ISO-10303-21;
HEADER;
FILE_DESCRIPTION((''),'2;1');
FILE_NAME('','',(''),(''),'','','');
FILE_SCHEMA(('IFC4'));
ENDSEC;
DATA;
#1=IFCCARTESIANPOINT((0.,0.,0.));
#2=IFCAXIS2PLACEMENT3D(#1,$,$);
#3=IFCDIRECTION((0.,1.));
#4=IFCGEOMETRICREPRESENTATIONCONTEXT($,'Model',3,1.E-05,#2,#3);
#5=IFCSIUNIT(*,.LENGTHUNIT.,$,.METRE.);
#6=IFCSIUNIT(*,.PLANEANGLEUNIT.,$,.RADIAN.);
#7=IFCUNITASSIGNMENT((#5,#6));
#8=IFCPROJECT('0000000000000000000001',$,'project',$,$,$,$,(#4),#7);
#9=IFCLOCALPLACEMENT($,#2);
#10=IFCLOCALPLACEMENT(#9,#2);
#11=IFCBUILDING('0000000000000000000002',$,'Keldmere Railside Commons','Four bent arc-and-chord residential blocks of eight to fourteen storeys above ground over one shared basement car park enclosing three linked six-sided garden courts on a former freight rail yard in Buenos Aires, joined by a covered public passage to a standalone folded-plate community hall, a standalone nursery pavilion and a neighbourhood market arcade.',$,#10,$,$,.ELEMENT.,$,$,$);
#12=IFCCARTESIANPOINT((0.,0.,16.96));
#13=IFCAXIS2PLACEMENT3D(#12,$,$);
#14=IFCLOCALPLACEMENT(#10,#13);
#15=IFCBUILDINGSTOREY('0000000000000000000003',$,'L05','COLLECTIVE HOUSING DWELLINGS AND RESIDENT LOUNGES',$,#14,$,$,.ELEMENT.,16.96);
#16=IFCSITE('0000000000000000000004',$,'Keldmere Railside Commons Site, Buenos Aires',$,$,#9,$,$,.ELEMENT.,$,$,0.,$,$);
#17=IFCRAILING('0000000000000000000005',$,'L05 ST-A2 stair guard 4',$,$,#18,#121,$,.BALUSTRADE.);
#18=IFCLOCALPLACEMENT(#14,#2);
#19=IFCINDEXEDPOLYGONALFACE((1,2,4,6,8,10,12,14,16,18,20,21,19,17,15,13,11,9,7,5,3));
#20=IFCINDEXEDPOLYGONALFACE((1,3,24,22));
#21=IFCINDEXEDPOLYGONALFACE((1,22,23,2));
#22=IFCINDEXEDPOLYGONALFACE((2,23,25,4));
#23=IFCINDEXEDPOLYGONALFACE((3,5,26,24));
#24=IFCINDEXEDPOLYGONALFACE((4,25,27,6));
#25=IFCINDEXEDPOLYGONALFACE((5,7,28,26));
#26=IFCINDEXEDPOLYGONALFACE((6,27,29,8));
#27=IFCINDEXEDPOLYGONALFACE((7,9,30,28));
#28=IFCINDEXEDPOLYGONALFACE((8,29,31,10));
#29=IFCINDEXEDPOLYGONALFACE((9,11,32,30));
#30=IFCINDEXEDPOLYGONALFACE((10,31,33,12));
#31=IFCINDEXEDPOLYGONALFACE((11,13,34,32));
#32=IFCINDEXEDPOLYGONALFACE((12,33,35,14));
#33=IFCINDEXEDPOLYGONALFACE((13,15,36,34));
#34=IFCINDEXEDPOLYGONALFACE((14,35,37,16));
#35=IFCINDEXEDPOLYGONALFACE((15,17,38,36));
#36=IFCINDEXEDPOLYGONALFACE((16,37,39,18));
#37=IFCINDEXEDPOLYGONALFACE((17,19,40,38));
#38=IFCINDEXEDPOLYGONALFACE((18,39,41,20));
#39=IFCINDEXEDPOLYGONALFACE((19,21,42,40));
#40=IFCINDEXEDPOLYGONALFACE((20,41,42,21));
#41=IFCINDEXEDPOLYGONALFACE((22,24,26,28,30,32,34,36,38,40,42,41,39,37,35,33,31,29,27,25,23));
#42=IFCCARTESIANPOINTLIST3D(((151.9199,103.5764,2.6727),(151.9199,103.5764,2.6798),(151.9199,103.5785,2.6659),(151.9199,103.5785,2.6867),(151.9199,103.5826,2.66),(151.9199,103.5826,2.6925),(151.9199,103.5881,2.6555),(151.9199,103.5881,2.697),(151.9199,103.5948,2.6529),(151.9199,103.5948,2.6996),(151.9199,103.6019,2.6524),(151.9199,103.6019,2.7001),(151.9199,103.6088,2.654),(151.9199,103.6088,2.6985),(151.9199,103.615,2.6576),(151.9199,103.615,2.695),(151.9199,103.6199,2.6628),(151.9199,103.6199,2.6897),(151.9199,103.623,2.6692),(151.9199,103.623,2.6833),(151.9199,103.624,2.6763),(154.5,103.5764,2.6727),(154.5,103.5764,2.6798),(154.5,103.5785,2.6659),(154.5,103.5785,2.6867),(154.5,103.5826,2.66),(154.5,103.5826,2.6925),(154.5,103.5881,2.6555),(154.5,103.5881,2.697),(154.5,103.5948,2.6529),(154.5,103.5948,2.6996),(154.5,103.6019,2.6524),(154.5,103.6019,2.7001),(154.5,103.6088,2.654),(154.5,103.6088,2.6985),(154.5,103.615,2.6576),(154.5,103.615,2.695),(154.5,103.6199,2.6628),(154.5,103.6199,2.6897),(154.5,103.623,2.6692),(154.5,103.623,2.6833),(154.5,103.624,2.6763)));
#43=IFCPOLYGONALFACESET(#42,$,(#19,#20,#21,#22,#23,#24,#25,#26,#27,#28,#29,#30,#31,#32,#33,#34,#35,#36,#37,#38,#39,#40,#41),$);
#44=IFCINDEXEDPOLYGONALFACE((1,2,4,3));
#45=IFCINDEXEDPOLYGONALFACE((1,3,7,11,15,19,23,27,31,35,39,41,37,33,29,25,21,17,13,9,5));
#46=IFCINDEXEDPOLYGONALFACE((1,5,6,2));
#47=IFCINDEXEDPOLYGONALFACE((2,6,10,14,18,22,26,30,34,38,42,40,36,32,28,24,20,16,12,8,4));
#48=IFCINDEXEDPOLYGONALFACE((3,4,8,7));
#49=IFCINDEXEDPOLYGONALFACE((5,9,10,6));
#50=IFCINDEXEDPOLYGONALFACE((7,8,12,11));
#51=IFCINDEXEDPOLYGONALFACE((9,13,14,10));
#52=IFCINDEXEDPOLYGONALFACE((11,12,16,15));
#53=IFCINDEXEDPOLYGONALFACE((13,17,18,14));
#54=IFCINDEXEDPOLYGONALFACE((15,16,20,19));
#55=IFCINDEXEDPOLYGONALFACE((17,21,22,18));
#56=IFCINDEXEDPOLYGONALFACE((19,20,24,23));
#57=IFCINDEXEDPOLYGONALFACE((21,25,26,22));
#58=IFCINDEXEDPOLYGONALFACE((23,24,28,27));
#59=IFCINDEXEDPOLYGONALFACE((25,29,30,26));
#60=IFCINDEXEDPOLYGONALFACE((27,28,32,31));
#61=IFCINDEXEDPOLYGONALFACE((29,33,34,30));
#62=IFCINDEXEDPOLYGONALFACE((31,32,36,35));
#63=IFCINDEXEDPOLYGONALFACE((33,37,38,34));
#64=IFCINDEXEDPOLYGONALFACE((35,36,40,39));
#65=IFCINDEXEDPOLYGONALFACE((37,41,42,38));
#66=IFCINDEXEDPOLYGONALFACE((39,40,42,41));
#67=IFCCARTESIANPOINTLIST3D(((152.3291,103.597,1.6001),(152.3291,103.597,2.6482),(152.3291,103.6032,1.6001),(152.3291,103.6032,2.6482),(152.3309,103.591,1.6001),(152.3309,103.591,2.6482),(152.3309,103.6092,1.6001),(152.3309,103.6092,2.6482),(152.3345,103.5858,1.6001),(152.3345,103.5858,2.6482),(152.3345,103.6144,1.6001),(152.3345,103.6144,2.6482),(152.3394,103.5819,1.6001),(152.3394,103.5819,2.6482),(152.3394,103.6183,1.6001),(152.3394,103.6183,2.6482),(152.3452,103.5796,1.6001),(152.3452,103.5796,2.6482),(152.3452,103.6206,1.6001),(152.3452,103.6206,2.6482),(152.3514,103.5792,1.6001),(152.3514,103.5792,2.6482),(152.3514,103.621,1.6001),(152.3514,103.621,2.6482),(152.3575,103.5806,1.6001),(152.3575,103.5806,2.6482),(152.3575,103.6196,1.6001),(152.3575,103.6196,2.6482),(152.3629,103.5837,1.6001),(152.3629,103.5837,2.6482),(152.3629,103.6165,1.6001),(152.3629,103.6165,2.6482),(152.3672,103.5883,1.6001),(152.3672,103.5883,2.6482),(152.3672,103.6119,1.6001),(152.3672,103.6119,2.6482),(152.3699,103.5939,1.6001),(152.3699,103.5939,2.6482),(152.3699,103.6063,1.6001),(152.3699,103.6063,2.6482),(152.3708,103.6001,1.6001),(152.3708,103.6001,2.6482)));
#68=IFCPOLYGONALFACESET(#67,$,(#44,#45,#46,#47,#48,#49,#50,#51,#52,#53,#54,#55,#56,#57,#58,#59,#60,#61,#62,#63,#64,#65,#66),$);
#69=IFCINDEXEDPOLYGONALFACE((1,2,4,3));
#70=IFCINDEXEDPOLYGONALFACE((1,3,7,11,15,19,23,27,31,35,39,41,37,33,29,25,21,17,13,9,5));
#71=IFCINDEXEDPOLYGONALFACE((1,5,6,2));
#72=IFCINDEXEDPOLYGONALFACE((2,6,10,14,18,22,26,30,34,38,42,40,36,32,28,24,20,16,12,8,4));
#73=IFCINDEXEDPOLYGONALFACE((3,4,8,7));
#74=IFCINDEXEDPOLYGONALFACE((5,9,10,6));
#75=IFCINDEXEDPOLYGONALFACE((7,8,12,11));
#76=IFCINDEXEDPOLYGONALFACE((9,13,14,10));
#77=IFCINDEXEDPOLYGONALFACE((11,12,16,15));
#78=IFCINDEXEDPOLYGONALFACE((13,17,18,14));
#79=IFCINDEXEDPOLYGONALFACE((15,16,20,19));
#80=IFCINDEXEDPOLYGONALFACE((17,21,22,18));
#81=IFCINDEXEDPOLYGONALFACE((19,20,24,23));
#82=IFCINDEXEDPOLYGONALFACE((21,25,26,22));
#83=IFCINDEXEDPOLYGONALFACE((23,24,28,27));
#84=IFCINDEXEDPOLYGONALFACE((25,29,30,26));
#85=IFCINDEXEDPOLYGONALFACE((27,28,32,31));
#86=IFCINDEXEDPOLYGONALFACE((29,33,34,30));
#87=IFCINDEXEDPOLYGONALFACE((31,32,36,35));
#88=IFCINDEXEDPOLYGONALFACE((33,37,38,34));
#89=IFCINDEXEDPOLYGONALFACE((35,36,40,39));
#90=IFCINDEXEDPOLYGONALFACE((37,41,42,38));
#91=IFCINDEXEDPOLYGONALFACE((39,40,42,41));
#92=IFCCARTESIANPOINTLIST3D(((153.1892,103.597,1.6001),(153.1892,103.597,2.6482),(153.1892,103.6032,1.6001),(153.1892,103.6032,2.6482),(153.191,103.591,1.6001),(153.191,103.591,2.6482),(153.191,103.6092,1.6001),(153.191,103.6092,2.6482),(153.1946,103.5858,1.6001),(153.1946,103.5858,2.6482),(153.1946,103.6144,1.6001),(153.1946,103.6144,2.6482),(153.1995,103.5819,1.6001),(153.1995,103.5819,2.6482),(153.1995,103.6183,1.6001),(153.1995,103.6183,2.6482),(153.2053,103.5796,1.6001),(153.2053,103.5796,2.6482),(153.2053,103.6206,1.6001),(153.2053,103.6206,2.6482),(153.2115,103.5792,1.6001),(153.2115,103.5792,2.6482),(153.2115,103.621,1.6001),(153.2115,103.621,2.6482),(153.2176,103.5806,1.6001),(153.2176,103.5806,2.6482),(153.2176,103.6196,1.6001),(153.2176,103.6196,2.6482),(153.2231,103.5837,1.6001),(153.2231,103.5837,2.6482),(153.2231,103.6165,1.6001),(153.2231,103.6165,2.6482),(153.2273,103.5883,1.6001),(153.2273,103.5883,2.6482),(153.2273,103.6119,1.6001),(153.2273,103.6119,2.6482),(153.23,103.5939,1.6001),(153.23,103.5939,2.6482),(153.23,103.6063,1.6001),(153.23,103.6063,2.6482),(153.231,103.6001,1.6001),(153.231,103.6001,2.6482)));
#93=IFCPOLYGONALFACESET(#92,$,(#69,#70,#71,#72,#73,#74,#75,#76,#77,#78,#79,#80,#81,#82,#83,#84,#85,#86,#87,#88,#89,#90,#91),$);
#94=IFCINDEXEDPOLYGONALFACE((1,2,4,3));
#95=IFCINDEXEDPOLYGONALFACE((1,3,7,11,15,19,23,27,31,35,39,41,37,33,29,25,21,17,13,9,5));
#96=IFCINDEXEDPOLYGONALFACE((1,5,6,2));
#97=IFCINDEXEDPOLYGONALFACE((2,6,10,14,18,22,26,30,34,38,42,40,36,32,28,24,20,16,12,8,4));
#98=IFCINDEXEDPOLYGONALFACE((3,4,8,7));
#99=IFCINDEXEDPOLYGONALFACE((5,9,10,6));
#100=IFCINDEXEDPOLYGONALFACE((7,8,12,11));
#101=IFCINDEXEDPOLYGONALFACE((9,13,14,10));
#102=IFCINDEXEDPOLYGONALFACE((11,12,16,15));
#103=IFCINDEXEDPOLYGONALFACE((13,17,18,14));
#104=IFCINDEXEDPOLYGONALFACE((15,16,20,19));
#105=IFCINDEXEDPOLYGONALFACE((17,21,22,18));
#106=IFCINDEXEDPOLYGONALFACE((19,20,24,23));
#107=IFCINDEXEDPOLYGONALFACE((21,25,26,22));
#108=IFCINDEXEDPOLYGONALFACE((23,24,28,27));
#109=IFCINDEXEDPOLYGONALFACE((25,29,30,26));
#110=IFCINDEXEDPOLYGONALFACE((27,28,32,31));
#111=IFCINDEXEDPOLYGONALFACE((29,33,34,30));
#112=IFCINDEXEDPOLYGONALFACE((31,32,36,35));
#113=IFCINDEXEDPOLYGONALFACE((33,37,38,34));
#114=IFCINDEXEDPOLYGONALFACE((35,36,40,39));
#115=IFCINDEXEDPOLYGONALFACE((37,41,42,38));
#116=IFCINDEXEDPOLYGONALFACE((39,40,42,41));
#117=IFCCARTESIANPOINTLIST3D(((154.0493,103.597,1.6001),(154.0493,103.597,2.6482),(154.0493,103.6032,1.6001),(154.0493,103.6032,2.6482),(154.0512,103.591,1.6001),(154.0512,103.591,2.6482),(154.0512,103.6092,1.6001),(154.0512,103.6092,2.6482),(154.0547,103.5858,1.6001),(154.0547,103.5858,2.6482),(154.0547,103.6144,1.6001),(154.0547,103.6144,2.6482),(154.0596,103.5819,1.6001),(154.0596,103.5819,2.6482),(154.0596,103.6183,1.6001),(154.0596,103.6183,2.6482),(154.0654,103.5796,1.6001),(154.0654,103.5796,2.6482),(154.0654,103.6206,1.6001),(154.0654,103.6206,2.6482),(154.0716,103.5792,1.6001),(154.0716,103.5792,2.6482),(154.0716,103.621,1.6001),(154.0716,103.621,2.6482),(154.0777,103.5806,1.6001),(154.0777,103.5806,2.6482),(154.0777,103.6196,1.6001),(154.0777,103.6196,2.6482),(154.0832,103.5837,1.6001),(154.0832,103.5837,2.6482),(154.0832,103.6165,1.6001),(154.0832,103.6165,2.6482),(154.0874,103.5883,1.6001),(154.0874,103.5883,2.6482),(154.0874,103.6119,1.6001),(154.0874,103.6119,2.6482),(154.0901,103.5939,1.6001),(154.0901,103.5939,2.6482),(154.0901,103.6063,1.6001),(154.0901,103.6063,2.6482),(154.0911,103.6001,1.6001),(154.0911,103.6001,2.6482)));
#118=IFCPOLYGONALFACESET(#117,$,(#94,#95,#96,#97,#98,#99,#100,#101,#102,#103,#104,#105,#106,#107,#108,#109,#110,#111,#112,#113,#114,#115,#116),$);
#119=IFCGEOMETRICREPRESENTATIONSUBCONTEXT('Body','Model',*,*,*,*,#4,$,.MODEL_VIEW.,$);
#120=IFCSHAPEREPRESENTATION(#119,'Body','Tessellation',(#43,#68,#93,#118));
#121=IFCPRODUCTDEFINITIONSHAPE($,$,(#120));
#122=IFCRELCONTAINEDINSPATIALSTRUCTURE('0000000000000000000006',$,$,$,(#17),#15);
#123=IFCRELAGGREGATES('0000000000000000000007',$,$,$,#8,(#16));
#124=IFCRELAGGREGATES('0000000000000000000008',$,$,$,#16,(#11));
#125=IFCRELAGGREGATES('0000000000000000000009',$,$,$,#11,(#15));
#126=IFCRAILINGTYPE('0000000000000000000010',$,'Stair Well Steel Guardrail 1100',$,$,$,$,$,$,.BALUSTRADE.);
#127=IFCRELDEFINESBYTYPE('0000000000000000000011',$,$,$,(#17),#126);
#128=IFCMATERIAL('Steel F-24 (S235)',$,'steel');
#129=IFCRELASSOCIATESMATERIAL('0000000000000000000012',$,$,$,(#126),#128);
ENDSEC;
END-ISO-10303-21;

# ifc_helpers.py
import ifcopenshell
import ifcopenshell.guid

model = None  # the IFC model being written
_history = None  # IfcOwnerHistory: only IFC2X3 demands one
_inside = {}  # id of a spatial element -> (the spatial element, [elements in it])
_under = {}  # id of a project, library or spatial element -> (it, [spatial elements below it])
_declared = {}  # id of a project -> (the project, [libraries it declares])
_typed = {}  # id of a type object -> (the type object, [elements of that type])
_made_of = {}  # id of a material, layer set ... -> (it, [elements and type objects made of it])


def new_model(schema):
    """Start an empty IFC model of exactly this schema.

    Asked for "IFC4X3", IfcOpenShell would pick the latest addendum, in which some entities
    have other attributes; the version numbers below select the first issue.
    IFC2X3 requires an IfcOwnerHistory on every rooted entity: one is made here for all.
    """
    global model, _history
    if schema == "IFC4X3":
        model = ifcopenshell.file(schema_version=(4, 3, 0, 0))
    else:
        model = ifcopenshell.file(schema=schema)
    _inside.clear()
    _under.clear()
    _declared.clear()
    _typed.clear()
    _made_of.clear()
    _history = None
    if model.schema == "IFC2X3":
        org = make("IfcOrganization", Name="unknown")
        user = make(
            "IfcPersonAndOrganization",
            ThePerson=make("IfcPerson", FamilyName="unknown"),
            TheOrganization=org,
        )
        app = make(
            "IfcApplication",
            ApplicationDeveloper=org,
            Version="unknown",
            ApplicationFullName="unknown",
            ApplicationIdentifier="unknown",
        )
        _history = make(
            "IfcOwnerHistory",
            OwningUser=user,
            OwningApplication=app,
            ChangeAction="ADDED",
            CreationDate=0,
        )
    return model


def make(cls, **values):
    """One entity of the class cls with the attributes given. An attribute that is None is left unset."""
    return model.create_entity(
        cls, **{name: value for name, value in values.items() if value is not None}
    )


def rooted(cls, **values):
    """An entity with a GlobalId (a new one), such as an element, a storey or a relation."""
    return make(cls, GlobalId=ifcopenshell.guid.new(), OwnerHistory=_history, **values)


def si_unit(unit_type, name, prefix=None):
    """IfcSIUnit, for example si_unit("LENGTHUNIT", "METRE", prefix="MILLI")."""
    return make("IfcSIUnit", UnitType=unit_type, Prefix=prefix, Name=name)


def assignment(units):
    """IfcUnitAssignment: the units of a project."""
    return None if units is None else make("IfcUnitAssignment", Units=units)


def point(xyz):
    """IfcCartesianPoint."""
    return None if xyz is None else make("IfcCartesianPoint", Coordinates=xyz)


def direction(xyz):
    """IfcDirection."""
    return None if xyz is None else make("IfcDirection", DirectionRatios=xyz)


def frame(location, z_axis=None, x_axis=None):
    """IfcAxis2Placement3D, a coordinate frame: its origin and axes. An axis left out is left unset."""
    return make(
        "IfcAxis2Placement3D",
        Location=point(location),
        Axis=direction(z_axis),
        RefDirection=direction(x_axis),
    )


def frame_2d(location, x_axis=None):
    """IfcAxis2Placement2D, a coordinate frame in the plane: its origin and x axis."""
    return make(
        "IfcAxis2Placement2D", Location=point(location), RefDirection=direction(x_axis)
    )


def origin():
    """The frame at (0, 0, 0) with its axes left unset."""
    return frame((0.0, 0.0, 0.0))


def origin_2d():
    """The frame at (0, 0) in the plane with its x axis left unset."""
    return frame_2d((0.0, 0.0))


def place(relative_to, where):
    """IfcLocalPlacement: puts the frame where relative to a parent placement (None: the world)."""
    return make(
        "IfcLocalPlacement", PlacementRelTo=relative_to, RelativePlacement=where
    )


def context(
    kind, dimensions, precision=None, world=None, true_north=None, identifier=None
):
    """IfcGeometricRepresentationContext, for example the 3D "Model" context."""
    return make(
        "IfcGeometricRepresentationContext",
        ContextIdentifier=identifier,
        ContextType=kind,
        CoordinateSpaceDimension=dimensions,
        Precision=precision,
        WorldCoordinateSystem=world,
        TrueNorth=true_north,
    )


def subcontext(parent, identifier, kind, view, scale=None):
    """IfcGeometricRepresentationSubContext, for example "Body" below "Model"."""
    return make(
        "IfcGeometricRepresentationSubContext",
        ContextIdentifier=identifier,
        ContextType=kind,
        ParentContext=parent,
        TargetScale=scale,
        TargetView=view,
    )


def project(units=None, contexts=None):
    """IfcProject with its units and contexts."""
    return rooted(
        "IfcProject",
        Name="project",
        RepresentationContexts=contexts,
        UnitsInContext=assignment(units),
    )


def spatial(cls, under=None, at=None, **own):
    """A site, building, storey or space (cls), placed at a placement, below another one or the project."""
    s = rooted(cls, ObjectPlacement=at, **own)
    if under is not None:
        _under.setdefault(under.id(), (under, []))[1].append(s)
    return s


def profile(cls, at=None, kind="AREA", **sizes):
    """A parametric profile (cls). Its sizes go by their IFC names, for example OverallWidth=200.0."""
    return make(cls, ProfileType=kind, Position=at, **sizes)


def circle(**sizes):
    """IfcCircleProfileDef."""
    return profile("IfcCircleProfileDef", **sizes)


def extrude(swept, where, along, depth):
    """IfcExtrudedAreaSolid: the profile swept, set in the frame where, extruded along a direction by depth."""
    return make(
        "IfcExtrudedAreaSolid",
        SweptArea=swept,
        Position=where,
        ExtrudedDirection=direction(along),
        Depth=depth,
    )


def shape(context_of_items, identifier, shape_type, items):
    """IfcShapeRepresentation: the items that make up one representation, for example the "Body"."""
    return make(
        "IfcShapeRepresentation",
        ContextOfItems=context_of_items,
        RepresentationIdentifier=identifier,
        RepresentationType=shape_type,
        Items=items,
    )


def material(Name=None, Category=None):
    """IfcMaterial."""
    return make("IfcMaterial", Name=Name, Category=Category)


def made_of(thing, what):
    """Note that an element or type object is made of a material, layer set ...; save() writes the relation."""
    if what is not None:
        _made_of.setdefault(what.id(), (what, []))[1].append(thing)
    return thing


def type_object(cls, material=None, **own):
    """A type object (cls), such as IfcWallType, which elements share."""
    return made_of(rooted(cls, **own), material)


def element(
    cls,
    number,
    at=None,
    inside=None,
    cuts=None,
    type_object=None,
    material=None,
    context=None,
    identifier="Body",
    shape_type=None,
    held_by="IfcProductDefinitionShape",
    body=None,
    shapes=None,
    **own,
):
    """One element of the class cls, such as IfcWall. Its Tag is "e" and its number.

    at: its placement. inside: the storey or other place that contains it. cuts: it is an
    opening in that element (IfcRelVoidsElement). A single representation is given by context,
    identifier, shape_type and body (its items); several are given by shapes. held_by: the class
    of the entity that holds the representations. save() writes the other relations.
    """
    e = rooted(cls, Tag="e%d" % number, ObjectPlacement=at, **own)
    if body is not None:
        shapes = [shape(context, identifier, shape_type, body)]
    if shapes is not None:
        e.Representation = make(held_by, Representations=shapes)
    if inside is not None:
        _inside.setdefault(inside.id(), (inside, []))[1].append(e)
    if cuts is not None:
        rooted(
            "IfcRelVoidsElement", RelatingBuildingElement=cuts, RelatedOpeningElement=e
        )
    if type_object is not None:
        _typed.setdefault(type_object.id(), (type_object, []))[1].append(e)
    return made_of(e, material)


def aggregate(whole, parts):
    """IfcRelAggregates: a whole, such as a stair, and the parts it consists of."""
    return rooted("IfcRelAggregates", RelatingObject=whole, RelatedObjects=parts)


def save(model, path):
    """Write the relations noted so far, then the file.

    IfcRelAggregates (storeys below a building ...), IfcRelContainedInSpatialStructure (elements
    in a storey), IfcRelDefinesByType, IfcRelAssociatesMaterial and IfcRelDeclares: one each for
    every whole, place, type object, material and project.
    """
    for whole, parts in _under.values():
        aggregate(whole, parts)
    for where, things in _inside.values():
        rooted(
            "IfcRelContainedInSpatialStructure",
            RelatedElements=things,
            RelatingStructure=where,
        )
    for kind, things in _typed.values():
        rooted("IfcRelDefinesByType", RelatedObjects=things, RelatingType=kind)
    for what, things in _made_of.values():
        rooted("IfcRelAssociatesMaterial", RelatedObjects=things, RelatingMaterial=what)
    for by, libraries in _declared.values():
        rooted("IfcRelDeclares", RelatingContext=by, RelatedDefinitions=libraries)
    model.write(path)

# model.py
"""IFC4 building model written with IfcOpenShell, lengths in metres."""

from ifc_helpers import new_model, si_unit, direction, frame, origin, origin_2d, place, context, subcontext, project, spatial, circle, extrude, material, type_object, element, save


model = new_model("IFC4")

# Units and contexts
model_context = context("Model", 3, precision=1e-05, world=origin(), true_north=direction((0.0, 1.0)))
body_context = subcontext(model_context, "Body", "Model", "MODEL_VIEW")
ifc_project = project(units=[si_unit("LENGTHUNIT", "METRE"), si_unit("PLANEANGLEUNIT", "RADIAN")], contexts=[model_context])

# Site, building, storey
site_placement = place(None, origin())
site = spatial("IfcSite", under=ifc_project, at=site_placement, Name="Keldmere Railside Commons Site, Buenos Aires", CompositionType="ELEMENT", RefElevation=0.0)
building_placement = place(site_placement, origin())
building = spatial("IfcBuilding", under=site, at=building_placement, Name="Keldmere Railside Commons", Description="Four bent arc-and-chord residential blocks of eight to fourteen storeys above ground over one shared basement car park enclosing three linked six-sided garden courts on a former freight rail yard in Buenos Aires, joined by a covered public passage to a standalone folded-plate community hall, a standalone nursery pavilion and a neighbourhood market arcade.", CompositionType="ELEMENT")
storey_placement = place(building_placement, frame((0.0, 0.0, 16.96)))
storey = spatial("IfcBuildingStorey", under=building, at=storey_placement, Name="L05", Description="COLLECTIVE HOUSING DWELLINGS AND RESIDENT LOUNGES", CompositionType="ELEMENT", Elevation=16.96)

# Shared definitions
ifc_material_1 = material(Name="Steel F-24 (S235)", Category="steel")

# Railing
railing_type_1 = type_object("IfcRailingType", Name="Stair Well Steel Guardrail 1100", PredefinedType="BALUSTRADE", material=ifc_material_1)
for number, where, name in (
    (1, (151.9199, 103.6001, 1.6001), "L05 ST-A2 stair guard 4"),
):
    element("IfcRailing", number, at=place(storey_placement, frame(where)), inside=storey, type_object=railing_type_1, Name=name, PredefinedType="BALUSTRADE", context=body_context, shape_type="SweptSolid", body=[
        extrude(circle(Radius=0.0239, at=origin_2d()), frame((0.0, 0.0, 1.0762), z_axis=(1.0, 0.0, 0.0), x_axis=(0.0, 1.0, 0.0)), (0.0, 0.0, 1.0), 2.5801),
        extrude(circle(Radius=0.021, at=origin_2d()), frame((0.4299, 0.0, 0.0)), (0.0, 0.0, 1.0), 1.0481),
        extrude(circle(Radius=0.021, at=origin_2d()), frame((1.29, 0.0, 0.0)), (0.0, 0.0, 1.0), 1.0481),
        extrude(circle(Radius=0.021, at=origin_2d()), frame((2.1501, 0.0, 0.0)), (0.0, 0.0, 1.0), 1.0481),
    ])

save(model, "model.ifc")
